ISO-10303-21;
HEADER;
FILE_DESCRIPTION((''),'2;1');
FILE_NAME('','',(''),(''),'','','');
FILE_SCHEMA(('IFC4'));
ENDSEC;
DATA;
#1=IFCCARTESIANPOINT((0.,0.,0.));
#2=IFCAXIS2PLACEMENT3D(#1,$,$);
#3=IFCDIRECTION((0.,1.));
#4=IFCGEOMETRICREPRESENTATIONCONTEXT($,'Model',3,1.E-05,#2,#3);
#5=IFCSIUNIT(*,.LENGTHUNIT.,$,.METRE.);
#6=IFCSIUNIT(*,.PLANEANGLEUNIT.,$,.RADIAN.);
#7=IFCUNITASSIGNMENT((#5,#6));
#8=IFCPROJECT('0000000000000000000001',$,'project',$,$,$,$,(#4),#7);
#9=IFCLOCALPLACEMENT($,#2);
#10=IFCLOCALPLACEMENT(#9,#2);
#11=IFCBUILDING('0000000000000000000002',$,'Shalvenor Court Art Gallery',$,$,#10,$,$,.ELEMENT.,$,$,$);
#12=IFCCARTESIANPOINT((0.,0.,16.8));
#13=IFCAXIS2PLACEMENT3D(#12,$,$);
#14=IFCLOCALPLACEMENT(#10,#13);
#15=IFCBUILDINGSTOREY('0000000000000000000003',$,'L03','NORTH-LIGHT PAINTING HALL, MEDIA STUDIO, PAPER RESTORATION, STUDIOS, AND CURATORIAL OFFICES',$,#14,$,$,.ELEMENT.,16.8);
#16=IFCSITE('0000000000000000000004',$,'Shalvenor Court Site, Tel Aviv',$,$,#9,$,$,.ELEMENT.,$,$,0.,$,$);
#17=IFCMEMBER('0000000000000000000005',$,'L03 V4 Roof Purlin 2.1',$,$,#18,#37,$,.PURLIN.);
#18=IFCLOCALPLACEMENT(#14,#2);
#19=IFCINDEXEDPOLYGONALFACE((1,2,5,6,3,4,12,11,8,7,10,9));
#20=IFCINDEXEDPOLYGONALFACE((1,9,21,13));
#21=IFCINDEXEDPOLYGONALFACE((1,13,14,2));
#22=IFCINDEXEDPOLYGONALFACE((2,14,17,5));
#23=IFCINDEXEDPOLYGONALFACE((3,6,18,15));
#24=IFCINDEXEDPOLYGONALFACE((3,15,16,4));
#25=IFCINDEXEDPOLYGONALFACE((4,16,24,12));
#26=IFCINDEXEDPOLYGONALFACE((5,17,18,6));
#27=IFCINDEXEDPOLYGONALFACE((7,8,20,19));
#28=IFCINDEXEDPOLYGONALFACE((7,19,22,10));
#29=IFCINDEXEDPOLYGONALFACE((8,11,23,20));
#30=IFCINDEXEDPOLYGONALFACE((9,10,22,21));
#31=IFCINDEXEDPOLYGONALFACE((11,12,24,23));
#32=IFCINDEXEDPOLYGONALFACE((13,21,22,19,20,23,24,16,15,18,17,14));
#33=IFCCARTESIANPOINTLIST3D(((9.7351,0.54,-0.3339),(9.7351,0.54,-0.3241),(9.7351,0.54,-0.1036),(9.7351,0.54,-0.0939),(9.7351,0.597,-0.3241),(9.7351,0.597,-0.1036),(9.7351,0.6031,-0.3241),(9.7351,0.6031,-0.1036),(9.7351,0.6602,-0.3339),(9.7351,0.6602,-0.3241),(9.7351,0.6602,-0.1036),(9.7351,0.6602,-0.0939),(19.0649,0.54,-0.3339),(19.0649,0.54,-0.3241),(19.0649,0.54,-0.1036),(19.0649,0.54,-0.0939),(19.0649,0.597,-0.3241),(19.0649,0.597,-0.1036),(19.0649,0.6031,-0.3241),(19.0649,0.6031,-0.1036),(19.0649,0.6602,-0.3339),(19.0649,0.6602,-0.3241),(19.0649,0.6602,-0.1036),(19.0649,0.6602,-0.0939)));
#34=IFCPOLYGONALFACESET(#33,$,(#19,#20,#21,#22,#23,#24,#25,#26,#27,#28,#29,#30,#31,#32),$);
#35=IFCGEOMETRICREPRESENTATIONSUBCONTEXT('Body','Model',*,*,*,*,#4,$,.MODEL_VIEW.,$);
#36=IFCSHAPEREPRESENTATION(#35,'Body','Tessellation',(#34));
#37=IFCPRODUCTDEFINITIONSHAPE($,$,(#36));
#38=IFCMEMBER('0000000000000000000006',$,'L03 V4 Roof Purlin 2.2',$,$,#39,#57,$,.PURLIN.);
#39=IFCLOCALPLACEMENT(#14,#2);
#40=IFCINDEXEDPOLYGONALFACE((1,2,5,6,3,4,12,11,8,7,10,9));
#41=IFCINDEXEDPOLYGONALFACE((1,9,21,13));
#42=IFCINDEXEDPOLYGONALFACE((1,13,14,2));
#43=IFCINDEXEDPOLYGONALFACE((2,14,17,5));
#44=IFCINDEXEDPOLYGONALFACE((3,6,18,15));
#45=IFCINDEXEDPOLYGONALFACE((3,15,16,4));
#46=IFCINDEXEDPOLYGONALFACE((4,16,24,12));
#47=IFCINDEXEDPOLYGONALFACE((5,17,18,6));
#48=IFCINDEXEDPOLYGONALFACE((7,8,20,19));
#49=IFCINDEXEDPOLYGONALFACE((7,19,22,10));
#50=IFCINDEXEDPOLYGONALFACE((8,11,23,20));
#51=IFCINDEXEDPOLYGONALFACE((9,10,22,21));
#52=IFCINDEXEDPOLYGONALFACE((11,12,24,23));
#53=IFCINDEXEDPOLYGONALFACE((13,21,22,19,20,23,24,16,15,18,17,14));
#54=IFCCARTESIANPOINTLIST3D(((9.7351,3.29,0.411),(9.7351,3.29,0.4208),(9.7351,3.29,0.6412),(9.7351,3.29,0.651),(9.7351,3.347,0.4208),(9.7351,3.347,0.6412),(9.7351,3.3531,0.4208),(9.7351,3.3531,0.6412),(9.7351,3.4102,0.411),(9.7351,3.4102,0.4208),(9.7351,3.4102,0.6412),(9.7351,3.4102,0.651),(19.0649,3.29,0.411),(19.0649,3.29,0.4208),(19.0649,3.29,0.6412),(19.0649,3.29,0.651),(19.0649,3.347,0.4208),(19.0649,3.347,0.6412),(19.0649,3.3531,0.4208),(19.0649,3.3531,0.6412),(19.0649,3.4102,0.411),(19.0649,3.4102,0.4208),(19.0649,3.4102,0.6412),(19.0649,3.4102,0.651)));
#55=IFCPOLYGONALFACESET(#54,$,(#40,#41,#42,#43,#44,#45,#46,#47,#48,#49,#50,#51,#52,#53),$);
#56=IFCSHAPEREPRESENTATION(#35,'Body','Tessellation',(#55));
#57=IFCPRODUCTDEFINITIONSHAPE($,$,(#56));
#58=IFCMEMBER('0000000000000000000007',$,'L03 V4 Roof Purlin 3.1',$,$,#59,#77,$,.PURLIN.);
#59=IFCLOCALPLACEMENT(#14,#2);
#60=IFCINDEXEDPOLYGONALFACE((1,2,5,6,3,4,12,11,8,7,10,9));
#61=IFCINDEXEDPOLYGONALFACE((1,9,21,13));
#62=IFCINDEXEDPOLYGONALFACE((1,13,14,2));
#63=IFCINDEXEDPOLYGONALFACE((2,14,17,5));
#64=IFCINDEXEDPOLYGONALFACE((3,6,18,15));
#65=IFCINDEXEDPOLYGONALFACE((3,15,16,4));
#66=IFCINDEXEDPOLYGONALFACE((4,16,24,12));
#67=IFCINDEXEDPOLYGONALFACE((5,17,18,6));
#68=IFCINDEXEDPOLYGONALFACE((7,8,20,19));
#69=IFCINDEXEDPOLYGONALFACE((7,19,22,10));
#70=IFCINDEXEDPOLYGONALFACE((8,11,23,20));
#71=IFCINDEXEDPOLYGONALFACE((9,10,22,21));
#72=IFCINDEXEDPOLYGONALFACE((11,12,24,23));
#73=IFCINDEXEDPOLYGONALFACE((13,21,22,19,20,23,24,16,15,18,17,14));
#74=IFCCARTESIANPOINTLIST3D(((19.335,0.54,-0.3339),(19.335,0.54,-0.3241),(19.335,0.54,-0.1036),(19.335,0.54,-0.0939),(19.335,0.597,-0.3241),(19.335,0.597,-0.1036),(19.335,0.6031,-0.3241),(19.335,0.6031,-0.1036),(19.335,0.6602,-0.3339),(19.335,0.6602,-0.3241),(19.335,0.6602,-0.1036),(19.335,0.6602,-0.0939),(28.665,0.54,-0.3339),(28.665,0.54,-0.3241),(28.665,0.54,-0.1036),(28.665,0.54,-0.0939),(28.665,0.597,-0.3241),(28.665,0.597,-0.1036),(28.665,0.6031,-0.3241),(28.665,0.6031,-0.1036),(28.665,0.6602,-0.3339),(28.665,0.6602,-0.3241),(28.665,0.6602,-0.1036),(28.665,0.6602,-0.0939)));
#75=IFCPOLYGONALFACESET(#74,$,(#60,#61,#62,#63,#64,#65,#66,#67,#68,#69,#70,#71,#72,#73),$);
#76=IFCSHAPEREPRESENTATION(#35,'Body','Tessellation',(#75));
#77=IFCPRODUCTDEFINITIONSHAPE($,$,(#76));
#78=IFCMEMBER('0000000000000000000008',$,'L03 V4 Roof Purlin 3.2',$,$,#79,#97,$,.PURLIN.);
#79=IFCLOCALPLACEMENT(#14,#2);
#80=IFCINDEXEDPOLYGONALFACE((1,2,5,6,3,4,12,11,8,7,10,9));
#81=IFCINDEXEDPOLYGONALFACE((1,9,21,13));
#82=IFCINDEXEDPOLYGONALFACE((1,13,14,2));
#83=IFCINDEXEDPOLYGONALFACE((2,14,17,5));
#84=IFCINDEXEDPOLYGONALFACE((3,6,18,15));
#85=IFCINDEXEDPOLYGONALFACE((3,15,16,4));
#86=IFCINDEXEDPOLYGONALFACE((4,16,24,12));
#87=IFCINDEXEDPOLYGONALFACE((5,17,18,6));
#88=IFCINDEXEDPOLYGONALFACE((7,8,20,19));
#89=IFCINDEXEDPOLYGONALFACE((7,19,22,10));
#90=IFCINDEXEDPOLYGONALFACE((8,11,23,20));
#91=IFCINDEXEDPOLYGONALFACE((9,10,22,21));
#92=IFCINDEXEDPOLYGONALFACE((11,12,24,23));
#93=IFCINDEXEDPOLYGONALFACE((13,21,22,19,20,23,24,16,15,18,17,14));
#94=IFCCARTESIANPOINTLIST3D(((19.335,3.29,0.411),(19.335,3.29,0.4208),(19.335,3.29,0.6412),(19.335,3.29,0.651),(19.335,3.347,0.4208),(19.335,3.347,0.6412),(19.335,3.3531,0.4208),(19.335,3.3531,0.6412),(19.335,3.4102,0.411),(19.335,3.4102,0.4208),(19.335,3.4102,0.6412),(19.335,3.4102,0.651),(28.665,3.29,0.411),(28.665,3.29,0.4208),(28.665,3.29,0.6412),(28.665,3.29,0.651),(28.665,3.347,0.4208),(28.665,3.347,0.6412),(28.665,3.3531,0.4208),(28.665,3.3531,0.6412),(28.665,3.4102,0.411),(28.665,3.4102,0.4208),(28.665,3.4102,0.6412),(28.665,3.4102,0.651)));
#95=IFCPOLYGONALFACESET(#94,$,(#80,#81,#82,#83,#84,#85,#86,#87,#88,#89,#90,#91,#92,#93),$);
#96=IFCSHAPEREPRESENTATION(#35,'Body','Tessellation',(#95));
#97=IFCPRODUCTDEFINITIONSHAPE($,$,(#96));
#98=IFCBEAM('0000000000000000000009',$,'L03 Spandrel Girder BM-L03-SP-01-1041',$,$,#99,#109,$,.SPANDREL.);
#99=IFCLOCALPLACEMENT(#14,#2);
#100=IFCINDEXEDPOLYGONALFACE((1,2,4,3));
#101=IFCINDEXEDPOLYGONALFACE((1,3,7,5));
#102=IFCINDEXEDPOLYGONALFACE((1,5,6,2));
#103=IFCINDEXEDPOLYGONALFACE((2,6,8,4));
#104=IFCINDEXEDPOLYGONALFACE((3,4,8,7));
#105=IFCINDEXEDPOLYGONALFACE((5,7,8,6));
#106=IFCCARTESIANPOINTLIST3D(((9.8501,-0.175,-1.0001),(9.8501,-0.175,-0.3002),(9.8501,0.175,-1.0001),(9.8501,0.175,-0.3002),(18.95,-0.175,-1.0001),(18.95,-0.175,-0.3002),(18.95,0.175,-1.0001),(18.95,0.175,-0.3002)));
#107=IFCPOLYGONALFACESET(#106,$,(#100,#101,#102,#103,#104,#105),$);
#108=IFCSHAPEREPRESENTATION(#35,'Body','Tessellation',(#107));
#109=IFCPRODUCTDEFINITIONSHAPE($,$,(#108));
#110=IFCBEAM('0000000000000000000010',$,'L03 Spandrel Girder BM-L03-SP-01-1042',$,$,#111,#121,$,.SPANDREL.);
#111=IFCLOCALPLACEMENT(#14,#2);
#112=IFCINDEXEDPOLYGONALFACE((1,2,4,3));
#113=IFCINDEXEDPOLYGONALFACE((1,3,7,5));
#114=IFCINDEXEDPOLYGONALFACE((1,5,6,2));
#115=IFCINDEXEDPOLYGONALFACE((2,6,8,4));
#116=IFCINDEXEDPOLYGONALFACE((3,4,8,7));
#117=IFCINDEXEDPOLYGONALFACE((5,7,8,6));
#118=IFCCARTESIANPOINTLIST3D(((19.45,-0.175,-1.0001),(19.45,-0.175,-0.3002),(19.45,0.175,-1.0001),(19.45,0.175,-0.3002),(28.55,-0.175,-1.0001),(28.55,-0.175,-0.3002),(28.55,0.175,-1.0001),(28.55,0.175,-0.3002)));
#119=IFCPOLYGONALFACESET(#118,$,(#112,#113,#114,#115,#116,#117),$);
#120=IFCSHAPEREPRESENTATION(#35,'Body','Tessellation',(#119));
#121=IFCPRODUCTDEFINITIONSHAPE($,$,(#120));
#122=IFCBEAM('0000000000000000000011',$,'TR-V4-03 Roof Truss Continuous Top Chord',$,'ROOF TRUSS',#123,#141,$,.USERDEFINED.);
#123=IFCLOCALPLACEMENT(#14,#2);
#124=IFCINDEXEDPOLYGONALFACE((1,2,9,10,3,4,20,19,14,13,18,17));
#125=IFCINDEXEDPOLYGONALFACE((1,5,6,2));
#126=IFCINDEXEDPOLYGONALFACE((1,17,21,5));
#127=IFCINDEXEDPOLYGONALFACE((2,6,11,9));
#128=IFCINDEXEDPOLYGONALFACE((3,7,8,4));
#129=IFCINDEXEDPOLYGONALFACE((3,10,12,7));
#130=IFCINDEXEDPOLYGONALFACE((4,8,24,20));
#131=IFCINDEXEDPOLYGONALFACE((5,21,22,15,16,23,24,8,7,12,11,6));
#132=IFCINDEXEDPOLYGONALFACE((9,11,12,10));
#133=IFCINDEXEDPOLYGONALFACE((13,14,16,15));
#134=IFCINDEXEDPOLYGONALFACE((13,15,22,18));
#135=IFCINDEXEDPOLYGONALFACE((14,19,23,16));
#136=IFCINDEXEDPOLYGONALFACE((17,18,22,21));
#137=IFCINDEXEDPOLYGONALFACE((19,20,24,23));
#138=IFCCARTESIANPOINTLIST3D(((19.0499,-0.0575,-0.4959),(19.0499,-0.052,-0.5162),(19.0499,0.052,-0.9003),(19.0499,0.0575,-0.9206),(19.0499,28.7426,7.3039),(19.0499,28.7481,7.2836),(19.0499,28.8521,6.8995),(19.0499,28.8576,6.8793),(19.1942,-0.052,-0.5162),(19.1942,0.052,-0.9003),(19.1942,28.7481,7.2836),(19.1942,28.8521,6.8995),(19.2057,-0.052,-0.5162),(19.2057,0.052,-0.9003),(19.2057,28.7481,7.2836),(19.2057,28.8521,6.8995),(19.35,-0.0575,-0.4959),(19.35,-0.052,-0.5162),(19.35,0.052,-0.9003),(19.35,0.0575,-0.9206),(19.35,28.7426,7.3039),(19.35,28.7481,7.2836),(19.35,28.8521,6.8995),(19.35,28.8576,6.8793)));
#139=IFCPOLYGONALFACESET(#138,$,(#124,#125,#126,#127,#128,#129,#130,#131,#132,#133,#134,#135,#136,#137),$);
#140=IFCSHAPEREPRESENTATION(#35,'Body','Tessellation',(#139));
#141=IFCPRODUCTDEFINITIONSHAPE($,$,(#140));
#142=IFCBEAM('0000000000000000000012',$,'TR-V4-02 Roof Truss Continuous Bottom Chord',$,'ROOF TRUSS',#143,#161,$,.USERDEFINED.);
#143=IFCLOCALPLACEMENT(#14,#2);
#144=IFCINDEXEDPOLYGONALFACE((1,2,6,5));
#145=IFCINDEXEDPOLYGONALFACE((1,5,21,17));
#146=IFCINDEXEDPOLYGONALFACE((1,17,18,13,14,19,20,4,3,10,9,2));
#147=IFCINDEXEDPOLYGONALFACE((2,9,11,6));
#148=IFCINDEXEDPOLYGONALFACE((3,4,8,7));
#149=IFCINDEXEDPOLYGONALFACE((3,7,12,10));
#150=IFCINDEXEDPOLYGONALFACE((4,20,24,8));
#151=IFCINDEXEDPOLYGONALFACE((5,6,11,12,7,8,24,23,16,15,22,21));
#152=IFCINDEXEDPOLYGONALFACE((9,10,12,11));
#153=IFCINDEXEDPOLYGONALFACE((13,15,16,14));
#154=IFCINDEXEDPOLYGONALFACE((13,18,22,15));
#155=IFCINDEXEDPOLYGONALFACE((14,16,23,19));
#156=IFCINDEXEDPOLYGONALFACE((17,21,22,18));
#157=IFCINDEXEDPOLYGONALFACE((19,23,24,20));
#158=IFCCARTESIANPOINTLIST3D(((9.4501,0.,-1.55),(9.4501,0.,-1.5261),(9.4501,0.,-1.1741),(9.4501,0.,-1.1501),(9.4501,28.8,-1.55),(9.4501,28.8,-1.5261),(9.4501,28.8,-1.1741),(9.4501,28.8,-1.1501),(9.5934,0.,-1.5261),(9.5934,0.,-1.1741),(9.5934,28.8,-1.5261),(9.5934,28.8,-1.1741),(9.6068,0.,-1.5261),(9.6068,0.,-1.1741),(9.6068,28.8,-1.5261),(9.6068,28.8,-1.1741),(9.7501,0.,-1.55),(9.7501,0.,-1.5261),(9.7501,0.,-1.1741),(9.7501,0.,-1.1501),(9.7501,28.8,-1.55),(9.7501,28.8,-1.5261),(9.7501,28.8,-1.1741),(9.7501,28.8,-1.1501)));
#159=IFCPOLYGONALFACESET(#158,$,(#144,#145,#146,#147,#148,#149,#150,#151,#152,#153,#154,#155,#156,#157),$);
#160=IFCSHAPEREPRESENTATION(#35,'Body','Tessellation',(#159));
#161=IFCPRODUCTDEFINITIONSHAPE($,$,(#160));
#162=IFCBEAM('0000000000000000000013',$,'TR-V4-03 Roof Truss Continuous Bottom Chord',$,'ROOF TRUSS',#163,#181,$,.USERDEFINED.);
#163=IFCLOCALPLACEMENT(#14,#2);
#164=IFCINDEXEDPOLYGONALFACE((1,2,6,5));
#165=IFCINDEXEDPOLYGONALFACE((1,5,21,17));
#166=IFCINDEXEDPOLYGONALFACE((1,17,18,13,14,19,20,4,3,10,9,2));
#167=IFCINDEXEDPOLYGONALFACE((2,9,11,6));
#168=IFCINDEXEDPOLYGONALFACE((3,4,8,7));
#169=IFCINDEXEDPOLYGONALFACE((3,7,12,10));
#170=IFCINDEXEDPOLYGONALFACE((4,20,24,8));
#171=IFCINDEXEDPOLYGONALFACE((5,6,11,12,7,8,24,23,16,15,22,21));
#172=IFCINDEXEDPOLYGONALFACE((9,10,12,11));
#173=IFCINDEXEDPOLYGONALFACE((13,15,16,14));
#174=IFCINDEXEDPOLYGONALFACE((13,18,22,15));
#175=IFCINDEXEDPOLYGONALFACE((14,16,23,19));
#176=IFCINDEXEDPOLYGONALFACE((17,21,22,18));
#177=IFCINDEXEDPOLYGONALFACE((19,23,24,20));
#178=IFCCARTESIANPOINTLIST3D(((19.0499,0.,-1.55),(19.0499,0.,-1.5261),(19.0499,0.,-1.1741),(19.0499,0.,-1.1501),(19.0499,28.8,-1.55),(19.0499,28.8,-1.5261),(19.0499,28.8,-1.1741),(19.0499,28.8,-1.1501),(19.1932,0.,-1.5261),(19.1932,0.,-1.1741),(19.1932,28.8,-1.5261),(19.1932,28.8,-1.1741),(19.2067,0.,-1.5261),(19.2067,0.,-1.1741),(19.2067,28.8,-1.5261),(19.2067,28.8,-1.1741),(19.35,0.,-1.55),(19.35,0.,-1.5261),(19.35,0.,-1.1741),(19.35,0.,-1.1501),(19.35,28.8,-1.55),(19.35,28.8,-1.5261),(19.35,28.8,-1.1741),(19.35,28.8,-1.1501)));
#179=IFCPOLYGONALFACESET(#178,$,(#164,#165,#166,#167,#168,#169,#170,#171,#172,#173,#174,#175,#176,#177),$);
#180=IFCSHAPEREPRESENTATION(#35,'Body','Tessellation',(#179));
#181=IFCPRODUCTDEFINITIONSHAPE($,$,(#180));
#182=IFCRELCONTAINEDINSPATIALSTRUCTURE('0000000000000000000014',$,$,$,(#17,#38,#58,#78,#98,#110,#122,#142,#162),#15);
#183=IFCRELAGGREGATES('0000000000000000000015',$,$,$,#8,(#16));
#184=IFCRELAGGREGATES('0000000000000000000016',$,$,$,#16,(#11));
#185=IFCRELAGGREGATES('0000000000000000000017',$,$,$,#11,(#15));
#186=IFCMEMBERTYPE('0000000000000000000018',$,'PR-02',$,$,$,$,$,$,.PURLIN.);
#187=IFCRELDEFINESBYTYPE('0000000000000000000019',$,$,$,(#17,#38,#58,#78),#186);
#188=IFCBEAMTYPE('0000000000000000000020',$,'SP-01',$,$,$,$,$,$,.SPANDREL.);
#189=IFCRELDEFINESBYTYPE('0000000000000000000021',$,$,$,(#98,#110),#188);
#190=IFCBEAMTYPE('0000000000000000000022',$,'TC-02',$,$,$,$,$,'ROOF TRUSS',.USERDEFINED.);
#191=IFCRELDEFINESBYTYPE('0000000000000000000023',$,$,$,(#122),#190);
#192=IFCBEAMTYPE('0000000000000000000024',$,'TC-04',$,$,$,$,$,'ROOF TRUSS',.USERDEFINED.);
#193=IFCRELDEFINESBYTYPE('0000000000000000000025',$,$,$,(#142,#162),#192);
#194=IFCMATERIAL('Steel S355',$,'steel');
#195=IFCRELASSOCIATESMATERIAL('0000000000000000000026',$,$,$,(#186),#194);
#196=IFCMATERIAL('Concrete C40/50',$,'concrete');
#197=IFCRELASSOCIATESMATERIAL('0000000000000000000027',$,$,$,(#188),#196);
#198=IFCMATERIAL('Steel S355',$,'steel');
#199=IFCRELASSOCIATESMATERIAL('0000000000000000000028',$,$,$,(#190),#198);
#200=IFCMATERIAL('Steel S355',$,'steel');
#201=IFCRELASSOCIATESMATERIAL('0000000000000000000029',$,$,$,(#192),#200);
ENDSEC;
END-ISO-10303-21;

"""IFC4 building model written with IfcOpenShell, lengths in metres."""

from ifc_helpers import new_model, si_unit, direction, frame, origin, origin_2d, place, context, subcontext, project, spatial, rectangle, i_section, extrude, material, material_profile, profile_set, type_object, element, save


model = new_model("IFC4")

# Units and contexts
model_context = context("Model", 3, precision=1e-05, world=origin(), true_north=direction((0.0, 1.0)))
body_context = subcontext(model_context, "Body", "Model", "MODEL_VIEW")
ifc_project = project(units=[si_unit("LENGTHUNIT", "METRE"), si_unit("PLANEANGLEUNIT", "RADIAN")], contexts=[model_context])

# Site, building, storey
site_placement = place(None, origin())
site = spatial("IfcSite", under=ifc_project, at=site_placement, Name="Shalvenor Court Site, Tel Aviv", CompositionType="ELEMENT", RefElevation=0.0)
building_placement = place(site_placement, origin())
building = spatial("IfcBuilding", under=site, at=building_placement, Name="Shalvenor Court Art Gallery", CompositionType="ELEMENT")
storey_placement = place(building_placement, frame((0.0, 0.0, 16.8)))
storey = spatial("IfcBuildingStorey", under=building, at=storey_placement, Name="L03", Description="NORTH-LIGHT PAINTING HALL, MEDIA STUDIO, PAPER RESTORATION, STUDIOS, AND CURATORIAL OFFICES", CompositionType="ELEMENT", Elevation=16.8)

# Members
ifc_material_1 = material(Name="Steel S355", Category="steel")
ifc_material_profile_1 = material_profile(ifc_material_1, i_section(OverallWidth=0.1201, OverallDepth=0.24, WebThickness=0.0061, FlangeThickness=0.0098, at=origin_2d()), Name="IPE 240")
ifc_profile_set_1 = profile_set([ifc_material_profile_1], Name="Steel S355")
member_type_1 = type_object("IfcMemberType", Name="PR-02", PredefinedType="PURLIN", material=ifc_profile_set_1)
for number, where, z_axis, x_axis, name in (
    (1, (9.7351, 0.6001, -0.2139), (1.0, 0.0, 0.0), (0.0, 1.0, 0.0), "L03 V4 Roof Purlin 2.1"),
    (2, (9.7351, 3.3501, 0.531), (1.0, 0.0, 0.0), (0.0, 1.0, 0.0), "L03 V4 Roof Purlin 2.2"),
):
    element("IfcMember", number, at=place(storey_placement, frame(where, z_axis=z_axis, x_axis=x_axis)), inside=storey, type_object=member_type_1, Name=name, PredefinedType="PURLIN", context=body_context, shape_type="SweptSolid", body=[
        extrude(i_section(OverallWidth=0.1201, OverallDepth=0.24, WebThickness=0.0061, FlangeThickness=0.0098, at=origin_2d()), origin(), (0.0, 0.0, 1.0), 9.3298),
    ])
for number, where, z_axis, x_axis, name in (
    (3, (19.335, 0.6001, -0.2139), (1.0, 0.0, 0.0), (0.0, 1.0, 0.0), "L03 V4 Roof Purlin 3.1"),
    (4, (19.335, 3.3501, 0.531), (1.0, 0.0, 0.0), (0.0, 1.0, 0.0), "L03 V4 Roof Purlin 3.2"),
):
    element("IfcMember", number, at=place(storey_placement, frame(where, z_axis=z_axis, x_axis=x_axis)), inside=storey, type_object=member_type_1, Name=name, PredefinedType="PURLIN", context=body_context, shape_type="SweptSolid", body=[
        extrude(i_section(OverallWidth=0.1201, OverallDepth=0.24, WebThickness=0.0061, FlangeThickness=0.0098, at=origin_2d()), origin(), (0.0, 0.0, 1.0), 9.3301),
    ])

# Beams
ifc_material_2 = material(Name="Concrete C40/50", Category="concrete")
ifc_material_profile_2 = material_profile(ifc_material_2, rectangle(XDim=0.3501, YDim=0.7, at=origin_2d()), Name="RC 350x700")
ifc_profile_set_2 = profile_set([ifc_material_profile_2], Name="Concrete C40/50")
beam_type_1 = type_object("IfcBeamType", Name="SP-01", PredefinedType="SPANDREL", material=ifc_profile_set_2)
beam_1_placement = place(storey_placement, frame((9.8501, 0.0, -0.6501), z_axis=(1.0, 0.0, 0.0), x_axis=(0.0, 1.0, 0.0)))
element("IfcBeam", 5, at=beam_1_placement, inside=storey, type_object=beam_type_1, Name="L03 Spandrel Girder BM-L03-SP-01-1041", PredefinedType="SPANDREL", context=body_context, shape_type="SweptSolid", body=[
    extrude(rectangle(XDim=0.3501, YDim=0.7, at=origin_2d()), origin(), (0.0, 0.0, 1.0), 9.0999),
])
beam_2_placement = place(storey_placement, frame((19.45, 0.0, -0.6501), z_axis=(1.0, 0.0, 0.0), x_axis=(0.0, 1.0, 0.0)))
element("IfcBeam", 6, at=beam_2_placement, inside=storey, type_object=beam_type_1, Name="L03 Spandrel Girder BM-L03-SP-01-1042", PredefinedType="SPANDREL", context=body_context, shape_type="SweptSolid", body=[
    extrude(rectangle(XDim=0.3501, YDim=0.7, at=origin_2d()), origin(), (0.0, 0.0, 1.0), 9.1001),
])
ifc_material_3 = material(Name="Steel S355", Category="steel")
ifc_material_profile_3 = material_profile(ifc_material_3, i_section(OverallWidth=0.3, OverallDepth=0.4399, WebThickness=0.0115, FlangeThickness=0.021, at=origin_2d()), Name="HEA 450")
ifc_profile_set_3 = profile_set([ifc_material_profile_3], Name="Steel S355")
beam_type_2 = type_object("IfcBeamType", Name="TC-02", ElementType="ROOF TRUSS", PredefinedType="USERDEFINED", material=ifc_profile_set_3)
beam_3_placement = place(storey_placement, frame((19.2, 0.0, -0.7083), z_axis=(0.0, 0.965228, 0.261409), x_axis=(-1.0, 0.0, 0.0)))
element("IfcBeam", 7, at=beam_3_placement, inside=storey, type_object=beam_type_2, Name="TR-V4-03 Roof Truss Continuous Top Chord", ObjectType="ROOF TRUSS", PredefinedType="USERDEFINED", context=body_context, shape_type="SweptSolid", body=[
    extrude(i_section(OverallWidth=0.3, OverallDepth=0.4399, WebThickness=0.0115, FlangeThickness=0.021, at=origin_2d()), origin(), (0.0, 0.0, 1.0), 29.8376),
])
ifc_material_4 = material(Name="Steel S355", Category="steel")
ifc_material_profile_4 = material_profile(ifc_material_4, i_section(OverallWidth=0.3, OverallDepth=0.3999, WebThickness=0.0134, FlangeThickness=0.0239, at=origin_2d()), Name="HEB 400")
ifc_profile_set_4 = profile_set([ifc_material_profile_4], Name="Steel S355")
beam_type_3 = type_object("IfcBeamType", Name="TC-04", ElementType="ROOF TRUSS", PredefinedType="USERDEFINED", material=ifc_profile_set_4)
for number, where, z_axis, x_axis, name in (
    (8, (9.6001, 0.0, -1.3501), (0.0, 1.0, 0.0), (-1.0, 0.0, 0.0), "TR-V4-02 Roof Truss Continuous Bottom Chord"),
    (9, (19.2, 0.0, -1.3501), (0.0, 1.0, 0.0), (-1.0, 0.0, 0.0), "TR-V4-03 Roof Truss Continuous Bottom Chord"),
):
    element("IfcBeam", number, at=place(storey_placement, frame(where, z_axis=z_axis, x_axis=x_axis)), inside=storey, type_object=beam_type_3, Name=name, ObjectType="ROOF TRUSS", PredefinedType="USERDEFINED", context=body_context, shape_type="SweptSolid", body=[
        extrude(i_section(OverallWidth=0.3, OverallDepth=0.3999, WebThickness=0.0134, FlangeThickness=0.0239, at=origin_2d()), origin(), (0.0, 0.0, 1.0), 28.8),
    ])

save(model, "model.ifc")
